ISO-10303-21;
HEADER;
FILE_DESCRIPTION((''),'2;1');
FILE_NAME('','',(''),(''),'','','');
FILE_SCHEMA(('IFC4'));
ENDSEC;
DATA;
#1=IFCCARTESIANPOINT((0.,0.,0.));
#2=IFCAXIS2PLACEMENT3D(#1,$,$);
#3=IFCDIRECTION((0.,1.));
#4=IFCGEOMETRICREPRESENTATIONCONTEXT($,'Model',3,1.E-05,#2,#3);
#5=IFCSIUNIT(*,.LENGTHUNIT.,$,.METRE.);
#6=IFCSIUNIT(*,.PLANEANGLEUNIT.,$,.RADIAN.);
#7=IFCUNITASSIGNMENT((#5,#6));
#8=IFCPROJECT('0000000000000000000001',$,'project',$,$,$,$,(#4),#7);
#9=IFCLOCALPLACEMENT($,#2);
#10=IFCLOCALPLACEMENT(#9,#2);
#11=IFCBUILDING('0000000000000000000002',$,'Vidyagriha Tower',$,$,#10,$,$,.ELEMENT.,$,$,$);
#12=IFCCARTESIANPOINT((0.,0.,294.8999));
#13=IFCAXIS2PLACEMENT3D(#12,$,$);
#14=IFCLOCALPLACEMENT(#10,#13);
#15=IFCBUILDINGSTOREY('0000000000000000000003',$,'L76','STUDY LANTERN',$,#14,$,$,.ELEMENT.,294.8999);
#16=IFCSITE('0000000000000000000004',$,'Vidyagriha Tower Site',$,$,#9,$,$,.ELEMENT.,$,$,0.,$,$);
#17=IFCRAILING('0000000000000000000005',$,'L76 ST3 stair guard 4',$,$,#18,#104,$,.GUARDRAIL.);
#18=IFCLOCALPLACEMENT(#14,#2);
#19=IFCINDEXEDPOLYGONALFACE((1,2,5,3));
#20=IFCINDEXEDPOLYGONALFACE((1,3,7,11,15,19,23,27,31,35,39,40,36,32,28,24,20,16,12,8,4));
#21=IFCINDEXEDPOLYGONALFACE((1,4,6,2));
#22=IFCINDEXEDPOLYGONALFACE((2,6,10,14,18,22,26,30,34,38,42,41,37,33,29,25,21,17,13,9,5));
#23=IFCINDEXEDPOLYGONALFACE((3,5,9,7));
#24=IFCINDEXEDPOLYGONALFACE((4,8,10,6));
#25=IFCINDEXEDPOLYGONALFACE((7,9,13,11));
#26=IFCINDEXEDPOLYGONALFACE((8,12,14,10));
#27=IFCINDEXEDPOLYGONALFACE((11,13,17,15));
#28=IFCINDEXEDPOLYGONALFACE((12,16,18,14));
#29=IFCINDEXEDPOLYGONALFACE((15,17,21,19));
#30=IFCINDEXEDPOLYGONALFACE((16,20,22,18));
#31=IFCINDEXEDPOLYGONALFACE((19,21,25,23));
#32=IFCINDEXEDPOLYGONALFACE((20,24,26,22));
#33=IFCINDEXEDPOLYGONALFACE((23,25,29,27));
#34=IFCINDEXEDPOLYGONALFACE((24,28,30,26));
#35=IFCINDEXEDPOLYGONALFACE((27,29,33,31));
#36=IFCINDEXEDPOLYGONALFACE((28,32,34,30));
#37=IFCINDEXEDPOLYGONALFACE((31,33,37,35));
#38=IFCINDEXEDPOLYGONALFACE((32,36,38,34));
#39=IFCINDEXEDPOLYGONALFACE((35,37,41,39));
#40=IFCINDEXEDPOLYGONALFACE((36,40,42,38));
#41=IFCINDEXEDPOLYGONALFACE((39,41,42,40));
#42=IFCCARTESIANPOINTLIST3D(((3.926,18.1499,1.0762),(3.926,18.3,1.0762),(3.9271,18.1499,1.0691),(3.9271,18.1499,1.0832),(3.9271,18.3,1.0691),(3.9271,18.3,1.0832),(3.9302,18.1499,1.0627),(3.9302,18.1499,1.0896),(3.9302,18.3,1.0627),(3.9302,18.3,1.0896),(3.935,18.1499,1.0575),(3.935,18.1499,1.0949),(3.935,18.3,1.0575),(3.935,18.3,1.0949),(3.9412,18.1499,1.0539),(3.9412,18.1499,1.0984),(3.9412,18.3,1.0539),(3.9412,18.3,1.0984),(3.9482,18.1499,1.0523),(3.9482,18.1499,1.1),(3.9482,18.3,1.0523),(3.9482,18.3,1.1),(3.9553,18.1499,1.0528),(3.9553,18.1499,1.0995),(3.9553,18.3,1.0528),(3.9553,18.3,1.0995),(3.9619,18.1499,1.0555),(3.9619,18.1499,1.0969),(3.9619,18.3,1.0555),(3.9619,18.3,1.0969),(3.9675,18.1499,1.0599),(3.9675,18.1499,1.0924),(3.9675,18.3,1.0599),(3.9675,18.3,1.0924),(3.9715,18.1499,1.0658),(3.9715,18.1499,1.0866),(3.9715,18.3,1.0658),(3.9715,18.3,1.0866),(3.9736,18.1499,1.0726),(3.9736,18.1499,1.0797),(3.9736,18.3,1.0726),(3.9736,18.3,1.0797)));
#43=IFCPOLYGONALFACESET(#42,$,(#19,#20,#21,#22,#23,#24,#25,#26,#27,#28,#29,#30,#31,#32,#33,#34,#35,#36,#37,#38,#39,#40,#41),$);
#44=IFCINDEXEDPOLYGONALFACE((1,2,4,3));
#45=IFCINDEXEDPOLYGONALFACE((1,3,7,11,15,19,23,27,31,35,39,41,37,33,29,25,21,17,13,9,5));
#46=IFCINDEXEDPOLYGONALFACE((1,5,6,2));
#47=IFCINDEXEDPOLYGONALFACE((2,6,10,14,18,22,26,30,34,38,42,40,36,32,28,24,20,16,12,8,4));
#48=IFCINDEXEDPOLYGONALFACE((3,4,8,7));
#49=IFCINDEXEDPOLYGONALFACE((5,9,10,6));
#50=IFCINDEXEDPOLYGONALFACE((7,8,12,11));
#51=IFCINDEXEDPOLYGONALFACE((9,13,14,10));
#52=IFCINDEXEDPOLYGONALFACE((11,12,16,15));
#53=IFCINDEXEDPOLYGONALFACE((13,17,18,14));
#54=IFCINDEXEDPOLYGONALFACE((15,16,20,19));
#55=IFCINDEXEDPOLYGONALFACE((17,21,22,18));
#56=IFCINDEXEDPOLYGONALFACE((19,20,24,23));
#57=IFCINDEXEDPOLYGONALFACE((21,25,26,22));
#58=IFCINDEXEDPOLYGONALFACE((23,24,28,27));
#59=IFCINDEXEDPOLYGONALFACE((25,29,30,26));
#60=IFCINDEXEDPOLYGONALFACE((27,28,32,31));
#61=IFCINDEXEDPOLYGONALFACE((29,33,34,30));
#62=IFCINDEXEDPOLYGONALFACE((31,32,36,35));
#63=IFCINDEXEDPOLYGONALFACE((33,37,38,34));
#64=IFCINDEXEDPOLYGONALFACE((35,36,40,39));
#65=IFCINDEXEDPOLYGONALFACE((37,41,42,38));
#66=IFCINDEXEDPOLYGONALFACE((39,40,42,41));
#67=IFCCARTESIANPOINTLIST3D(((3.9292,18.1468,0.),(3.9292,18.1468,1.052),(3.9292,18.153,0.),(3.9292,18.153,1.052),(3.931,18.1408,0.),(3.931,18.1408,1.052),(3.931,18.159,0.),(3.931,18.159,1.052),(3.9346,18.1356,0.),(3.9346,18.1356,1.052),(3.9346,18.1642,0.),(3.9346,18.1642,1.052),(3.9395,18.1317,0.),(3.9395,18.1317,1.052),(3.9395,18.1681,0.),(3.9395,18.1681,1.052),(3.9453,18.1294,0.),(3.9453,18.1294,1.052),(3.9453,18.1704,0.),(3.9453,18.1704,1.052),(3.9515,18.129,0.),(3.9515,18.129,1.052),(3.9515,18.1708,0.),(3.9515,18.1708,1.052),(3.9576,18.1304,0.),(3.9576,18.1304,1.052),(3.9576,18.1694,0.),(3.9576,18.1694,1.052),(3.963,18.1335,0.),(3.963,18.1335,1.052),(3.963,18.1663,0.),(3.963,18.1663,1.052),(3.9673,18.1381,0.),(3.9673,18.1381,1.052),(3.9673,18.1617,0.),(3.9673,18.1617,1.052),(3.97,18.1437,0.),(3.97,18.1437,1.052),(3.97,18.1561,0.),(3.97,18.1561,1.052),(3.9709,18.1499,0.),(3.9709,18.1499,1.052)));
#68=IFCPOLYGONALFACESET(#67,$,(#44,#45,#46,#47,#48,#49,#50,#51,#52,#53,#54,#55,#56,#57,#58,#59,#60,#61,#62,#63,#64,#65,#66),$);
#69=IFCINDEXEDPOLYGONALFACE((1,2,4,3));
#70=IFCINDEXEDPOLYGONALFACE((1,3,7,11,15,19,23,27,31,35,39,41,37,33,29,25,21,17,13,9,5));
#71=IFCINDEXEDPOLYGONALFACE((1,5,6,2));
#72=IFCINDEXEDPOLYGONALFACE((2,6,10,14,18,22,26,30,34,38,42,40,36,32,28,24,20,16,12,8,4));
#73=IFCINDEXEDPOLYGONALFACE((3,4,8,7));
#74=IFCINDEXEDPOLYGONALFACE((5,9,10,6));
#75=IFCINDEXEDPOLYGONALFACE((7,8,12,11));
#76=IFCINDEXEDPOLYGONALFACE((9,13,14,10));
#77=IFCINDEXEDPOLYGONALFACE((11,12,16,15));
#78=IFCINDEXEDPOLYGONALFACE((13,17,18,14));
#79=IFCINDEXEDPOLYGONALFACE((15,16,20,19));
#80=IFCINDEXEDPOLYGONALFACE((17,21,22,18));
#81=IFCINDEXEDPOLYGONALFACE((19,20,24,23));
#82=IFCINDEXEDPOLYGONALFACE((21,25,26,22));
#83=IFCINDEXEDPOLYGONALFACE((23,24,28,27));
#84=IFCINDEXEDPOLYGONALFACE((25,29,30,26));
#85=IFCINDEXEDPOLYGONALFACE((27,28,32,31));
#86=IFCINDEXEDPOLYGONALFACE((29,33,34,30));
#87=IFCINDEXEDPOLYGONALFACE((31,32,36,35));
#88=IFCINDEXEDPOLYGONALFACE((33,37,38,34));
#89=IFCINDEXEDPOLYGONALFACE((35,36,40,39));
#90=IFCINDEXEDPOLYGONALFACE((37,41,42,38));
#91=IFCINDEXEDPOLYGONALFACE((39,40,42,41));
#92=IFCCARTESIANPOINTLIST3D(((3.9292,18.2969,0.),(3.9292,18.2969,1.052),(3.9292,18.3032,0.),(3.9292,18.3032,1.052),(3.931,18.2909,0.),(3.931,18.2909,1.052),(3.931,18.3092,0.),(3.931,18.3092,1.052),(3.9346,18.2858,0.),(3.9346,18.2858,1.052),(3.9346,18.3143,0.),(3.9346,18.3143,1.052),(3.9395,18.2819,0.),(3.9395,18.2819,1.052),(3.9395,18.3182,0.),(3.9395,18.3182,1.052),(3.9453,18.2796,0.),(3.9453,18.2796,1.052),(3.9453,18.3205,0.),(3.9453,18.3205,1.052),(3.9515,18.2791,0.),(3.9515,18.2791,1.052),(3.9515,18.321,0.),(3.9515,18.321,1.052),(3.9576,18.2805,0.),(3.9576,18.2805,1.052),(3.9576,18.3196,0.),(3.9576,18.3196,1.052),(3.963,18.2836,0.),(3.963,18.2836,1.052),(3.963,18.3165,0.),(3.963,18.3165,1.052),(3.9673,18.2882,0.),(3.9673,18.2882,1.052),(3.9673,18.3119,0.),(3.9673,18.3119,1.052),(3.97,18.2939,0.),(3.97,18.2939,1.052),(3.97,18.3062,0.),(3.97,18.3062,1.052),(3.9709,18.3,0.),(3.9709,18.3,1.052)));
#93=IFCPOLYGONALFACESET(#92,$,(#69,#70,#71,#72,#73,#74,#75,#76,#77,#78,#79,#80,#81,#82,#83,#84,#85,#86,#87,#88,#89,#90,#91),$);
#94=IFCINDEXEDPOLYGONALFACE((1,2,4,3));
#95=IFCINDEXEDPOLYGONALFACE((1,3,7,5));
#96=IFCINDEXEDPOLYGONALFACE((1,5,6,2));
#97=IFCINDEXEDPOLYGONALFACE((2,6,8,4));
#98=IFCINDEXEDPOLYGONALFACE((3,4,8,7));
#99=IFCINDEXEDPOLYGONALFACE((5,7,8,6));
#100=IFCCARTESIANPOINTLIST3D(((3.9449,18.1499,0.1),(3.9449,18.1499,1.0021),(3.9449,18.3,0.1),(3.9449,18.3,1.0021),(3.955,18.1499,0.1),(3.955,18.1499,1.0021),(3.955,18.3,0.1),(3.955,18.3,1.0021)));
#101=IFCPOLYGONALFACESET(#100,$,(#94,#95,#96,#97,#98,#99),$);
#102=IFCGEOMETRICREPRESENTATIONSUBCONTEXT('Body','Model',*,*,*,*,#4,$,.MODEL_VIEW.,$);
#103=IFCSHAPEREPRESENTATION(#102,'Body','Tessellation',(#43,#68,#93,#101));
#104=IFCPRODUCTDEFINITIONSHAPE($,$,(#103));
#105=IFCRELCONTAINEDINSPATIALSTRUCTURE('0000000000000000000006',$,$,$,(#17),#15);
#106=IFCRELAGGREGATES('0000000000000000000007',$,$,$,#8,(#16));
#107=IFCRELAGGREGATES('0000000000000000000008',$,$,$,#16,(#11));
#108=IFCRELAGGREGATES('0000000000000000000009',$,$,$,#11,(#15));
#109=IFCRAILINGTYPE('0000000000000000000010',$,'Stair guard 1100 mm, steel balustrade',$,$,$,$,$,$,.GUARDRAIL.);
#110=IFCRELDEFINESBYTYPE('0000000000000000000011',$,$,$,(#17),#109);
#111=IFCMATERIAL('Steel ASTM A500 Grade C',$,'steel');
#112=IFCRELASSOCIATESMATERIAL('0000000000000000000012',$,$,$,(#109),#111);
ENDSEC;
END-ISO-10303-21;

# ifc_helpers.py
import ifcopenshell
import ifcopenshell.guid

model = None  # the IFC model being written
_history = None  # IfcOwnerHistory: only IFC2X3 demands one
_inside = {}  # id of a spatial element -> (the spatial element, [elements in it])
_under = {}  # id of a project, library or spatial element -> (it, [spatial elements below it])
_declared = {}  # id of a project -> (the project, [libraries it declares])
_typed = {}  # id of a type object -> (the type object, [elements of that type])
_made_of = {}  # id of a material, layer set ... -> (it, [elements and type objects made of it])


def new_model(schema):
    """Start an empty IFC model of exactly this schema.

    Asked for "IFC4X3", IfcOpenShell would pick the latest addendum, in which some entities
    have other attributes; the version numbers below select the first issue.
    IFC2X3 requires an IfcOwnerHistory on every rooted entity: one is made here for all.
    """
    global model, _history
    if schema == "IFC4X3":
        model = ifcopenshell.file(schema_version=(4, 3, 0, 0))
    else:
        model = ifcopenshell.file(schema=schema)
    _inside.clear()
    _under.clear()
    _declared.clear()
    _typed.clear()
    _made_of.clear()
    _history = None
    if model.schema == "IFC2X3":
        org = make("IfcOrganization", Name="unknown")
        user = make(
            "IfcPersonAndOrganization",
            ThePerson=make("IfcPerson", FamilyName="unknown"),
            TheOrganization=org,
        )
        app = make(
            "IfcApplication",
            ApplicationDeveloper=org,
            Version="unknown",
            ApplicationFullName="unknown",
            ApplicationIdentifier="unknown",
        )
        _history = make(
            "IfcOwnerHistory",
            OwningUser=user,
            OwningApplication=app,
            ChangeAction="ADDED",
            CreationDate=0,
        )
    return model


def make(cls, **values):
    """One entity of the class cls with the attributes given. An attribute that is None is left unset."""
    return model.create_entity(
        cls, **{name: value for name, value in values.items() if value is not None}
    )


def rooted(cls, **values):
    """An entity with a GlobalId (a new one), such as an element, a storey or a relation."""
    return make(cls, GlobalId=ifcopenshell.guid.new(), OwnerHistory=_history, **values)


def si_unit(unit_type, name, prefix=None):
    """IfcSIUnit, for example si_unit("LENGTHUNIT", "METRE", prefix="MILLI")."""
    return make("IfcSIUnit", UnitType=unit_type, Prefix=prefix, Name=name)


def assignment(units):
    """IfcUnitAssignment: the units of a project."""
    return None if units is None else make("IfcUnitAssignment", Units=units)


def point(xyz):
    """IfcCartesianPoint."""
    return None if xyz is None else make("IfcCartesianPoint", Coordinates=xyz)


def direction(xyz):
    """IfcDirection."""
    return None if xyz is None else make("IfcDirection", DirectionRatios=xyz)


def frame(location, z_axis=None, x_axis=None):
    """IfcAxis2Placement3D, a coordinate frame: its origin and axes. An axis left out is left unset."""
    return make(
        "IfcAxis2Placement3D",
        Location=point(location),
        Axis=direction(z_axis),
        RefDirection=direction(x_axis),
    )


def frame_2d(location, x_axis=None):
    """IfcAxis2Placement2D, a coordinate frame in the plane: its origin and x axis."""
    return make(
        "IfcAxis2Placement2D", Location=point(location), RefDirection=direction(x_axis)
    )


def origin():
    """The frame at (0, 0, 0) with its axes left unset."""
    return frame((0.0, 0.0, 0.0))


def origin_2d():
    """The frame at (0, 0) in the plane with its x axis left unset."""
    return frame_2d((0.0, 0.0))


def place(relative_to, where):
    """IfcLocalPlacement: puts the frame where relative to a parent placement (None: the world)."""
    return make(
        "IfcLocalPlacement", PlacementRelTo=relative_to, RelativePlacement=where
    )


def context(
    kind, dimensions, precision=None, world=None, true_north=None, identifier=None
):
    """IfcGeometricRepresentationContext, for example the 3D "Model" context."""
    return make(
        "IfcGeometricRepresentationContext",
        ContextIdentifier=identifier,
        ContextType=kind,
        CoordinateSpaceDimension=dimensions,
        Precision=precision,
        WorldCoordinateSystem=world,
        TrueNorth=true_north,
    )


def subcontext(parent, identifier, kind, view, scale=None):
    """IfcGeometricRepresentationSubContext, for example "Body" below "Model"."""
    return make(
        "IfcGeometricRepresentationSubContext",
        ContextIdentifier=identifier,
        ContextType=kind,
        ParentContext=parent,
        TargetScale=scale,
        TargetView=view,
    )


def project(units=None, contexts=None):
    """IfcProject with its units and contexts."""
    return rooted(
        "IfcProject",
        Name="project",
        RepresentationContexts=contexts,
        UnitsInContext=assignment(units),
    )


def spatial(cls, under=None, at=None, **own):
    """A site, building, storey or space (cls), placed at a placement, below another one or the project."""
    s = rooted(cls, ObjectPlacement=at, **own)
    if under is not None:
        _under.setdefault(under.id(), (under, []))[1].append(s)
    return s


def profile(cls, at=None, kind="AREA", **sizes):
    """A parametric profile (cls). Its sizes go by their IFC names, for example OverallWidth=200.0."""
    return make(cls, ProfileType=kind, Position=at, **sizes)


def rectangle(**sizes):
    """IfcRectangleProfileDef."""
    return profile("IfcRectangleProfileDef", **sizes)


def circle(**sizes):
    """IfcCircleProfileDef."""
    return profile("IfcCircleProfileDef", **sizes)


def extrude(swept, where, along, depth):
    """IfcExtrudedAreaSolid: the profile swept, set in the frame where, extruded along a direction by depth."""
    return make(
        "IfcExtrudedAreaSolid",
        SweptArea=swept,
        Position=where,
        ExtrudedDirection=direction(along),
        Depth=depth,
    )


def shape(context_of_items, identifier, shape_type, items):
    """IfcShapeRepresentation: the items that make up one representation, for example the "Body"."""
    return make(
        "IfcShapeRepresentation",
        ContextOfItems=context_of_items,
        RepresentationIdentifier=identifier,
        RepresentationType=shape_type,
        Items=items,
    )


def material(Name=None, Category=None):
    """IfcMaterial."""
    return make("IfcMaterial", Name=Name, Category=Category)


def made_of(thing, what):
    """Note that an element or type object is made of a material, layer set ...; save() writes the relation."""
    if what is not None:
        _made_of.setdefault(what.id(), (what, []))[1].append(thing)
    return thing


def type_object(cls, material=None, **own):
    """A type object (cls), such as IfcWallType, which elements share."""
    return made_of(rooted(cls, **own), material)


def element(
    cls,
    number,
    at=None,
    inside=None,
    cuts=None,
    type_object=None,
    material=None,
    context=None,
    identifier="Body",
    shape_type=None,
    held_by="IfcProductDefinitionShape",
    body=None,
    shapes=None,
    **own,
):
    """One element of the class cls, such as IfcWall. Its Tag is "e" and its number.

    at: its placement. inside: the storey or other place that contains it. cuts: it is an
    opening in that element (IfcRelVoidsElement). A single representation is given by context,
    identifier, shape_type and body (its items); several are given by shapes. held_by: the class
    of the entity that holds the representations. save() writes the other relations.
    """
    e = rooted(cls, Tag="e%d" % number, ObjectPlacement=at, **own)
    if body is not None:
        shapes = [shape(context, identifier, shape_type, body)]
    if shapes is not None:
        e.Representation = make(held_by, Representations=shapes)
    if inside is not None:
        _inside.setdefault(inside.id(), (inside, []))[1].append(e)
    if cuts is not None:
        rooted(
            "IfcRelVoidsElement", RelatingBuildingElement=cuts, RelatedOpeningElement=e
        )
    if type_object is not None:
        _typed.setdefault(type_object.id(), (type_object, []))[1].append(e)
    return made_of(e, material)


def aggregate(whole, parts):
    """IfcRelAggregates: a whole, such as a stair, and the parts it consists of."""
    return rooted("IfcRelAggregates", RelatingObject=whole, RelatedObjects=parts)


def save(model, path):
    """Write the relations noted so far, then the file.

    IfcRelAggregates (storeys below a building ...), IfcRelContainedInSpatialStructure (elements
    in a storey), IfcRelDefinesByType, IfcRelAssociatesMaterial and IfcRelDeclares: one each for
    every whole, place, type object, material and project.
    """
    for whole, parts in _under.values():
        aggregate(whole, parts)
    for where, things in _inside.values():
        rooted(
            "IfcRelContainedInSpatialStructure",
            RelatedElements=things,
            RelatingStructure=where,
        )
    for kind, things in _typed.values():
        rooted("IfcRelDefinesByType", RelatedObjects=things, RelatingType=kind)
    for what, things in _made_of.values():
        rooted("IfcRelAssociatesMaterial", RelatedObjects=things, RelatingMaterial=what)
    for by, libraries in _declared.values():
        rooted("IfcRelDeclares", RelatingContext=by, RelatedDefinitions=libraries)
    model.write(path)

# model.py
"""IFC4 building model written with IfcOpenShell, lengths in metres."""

from ifc_helpers import new_model, si_unit, direction, frame, origin, origin_2d, place, context, subcontext, project, spatial, rectangle, circle, extrude, material, type_object, element, save


model = new_model("IFC4")

# Units and contexts
model_context = context("Model", 3, precision=1e-05, world=origin(), true_north=direction((0.0, 1.0)))
body_context = subcontext(model_context, "Body", "Model", "MODEL_VIEW")
ifc_project = project(units=[si_unit("LENGTHUNIT", "METRE"), si_unit("PLANEANGLEUNIT", "RADIAN")], contexts=[model_context])

# Site, building, storey
site_placement = place(None, origin())
site = spatial("IfcSite", under=ifc_project, at=site_placement, Name="Vidyagriha Tower Site", CompositionType="ELEMENT", RefElevation=0.0)
building_placement = place(site_placement, origin())
building = spatial("IfcBuilding", under=site, at=building_placement, Name="Vidyagriha Tower", CompositionType="ELEMENT")
storey_placement = place(building_placement, frame((0.0, 0.0, 294.8999)))
storey = spatial("IfcBuildingStorey", under=building, at=storey_placement, Name="L76", Description="STUDY LANTERN", CompositionType="ELEMENT", Elevation=294.8999)

# Railing
ifc_material_1 = material(Name="Steel ASTM A500 Grade C", Category="steel")
railing_type_1 = type_object("IfcRailingType", Name="Stair guard 1100 mm, steel balustrade", PredefinedType="GUARDRAIL", material=ifc_material_1)
railing_1_placement = place(storey_placement, frame((3.95, 18.1499, 0.0)))
element("IfcRailing", 1, at=railing_1_placement, inside=storey, type_object=railing_type_1, Name="L76 ST3 stair guard 4", PredefinedType="GUARDRAIL", context=body_context, shape_type="SweptSolid", body=[
    extrude(circle(Radius=0.0239, at=origin_2d()), frame((0.0, 0.0, 1.0762), z_axis=(0.0, 1.0, 0.0), x_axis=(-1.0, 0.0, 0.0)), (0.0, 0.0, 1.0), 0.1501),
    extrude(circle(Radius=0.021, at=origin_2d()), origin(), (0.0, 0.0, 1.0), 1.052),
    extrude(circle(Radius=0.021, at=origin_2d()), frame((0.0, 0.1501, 0.0)), (0.0, 0.0, 1.0), 1.052),
    extrude(rectangle(XDim=0.01, YDim=0.9021, at=origin_2d()), frame((0.0, 0.0, 0.551), z_axis=(0.0, 1.0, 0.0), x_axis=(-1.0, 0.0, 0.0)), (0.0, 0.0, 1.0), 0.1501),
])

save(model, "model.ifc")
